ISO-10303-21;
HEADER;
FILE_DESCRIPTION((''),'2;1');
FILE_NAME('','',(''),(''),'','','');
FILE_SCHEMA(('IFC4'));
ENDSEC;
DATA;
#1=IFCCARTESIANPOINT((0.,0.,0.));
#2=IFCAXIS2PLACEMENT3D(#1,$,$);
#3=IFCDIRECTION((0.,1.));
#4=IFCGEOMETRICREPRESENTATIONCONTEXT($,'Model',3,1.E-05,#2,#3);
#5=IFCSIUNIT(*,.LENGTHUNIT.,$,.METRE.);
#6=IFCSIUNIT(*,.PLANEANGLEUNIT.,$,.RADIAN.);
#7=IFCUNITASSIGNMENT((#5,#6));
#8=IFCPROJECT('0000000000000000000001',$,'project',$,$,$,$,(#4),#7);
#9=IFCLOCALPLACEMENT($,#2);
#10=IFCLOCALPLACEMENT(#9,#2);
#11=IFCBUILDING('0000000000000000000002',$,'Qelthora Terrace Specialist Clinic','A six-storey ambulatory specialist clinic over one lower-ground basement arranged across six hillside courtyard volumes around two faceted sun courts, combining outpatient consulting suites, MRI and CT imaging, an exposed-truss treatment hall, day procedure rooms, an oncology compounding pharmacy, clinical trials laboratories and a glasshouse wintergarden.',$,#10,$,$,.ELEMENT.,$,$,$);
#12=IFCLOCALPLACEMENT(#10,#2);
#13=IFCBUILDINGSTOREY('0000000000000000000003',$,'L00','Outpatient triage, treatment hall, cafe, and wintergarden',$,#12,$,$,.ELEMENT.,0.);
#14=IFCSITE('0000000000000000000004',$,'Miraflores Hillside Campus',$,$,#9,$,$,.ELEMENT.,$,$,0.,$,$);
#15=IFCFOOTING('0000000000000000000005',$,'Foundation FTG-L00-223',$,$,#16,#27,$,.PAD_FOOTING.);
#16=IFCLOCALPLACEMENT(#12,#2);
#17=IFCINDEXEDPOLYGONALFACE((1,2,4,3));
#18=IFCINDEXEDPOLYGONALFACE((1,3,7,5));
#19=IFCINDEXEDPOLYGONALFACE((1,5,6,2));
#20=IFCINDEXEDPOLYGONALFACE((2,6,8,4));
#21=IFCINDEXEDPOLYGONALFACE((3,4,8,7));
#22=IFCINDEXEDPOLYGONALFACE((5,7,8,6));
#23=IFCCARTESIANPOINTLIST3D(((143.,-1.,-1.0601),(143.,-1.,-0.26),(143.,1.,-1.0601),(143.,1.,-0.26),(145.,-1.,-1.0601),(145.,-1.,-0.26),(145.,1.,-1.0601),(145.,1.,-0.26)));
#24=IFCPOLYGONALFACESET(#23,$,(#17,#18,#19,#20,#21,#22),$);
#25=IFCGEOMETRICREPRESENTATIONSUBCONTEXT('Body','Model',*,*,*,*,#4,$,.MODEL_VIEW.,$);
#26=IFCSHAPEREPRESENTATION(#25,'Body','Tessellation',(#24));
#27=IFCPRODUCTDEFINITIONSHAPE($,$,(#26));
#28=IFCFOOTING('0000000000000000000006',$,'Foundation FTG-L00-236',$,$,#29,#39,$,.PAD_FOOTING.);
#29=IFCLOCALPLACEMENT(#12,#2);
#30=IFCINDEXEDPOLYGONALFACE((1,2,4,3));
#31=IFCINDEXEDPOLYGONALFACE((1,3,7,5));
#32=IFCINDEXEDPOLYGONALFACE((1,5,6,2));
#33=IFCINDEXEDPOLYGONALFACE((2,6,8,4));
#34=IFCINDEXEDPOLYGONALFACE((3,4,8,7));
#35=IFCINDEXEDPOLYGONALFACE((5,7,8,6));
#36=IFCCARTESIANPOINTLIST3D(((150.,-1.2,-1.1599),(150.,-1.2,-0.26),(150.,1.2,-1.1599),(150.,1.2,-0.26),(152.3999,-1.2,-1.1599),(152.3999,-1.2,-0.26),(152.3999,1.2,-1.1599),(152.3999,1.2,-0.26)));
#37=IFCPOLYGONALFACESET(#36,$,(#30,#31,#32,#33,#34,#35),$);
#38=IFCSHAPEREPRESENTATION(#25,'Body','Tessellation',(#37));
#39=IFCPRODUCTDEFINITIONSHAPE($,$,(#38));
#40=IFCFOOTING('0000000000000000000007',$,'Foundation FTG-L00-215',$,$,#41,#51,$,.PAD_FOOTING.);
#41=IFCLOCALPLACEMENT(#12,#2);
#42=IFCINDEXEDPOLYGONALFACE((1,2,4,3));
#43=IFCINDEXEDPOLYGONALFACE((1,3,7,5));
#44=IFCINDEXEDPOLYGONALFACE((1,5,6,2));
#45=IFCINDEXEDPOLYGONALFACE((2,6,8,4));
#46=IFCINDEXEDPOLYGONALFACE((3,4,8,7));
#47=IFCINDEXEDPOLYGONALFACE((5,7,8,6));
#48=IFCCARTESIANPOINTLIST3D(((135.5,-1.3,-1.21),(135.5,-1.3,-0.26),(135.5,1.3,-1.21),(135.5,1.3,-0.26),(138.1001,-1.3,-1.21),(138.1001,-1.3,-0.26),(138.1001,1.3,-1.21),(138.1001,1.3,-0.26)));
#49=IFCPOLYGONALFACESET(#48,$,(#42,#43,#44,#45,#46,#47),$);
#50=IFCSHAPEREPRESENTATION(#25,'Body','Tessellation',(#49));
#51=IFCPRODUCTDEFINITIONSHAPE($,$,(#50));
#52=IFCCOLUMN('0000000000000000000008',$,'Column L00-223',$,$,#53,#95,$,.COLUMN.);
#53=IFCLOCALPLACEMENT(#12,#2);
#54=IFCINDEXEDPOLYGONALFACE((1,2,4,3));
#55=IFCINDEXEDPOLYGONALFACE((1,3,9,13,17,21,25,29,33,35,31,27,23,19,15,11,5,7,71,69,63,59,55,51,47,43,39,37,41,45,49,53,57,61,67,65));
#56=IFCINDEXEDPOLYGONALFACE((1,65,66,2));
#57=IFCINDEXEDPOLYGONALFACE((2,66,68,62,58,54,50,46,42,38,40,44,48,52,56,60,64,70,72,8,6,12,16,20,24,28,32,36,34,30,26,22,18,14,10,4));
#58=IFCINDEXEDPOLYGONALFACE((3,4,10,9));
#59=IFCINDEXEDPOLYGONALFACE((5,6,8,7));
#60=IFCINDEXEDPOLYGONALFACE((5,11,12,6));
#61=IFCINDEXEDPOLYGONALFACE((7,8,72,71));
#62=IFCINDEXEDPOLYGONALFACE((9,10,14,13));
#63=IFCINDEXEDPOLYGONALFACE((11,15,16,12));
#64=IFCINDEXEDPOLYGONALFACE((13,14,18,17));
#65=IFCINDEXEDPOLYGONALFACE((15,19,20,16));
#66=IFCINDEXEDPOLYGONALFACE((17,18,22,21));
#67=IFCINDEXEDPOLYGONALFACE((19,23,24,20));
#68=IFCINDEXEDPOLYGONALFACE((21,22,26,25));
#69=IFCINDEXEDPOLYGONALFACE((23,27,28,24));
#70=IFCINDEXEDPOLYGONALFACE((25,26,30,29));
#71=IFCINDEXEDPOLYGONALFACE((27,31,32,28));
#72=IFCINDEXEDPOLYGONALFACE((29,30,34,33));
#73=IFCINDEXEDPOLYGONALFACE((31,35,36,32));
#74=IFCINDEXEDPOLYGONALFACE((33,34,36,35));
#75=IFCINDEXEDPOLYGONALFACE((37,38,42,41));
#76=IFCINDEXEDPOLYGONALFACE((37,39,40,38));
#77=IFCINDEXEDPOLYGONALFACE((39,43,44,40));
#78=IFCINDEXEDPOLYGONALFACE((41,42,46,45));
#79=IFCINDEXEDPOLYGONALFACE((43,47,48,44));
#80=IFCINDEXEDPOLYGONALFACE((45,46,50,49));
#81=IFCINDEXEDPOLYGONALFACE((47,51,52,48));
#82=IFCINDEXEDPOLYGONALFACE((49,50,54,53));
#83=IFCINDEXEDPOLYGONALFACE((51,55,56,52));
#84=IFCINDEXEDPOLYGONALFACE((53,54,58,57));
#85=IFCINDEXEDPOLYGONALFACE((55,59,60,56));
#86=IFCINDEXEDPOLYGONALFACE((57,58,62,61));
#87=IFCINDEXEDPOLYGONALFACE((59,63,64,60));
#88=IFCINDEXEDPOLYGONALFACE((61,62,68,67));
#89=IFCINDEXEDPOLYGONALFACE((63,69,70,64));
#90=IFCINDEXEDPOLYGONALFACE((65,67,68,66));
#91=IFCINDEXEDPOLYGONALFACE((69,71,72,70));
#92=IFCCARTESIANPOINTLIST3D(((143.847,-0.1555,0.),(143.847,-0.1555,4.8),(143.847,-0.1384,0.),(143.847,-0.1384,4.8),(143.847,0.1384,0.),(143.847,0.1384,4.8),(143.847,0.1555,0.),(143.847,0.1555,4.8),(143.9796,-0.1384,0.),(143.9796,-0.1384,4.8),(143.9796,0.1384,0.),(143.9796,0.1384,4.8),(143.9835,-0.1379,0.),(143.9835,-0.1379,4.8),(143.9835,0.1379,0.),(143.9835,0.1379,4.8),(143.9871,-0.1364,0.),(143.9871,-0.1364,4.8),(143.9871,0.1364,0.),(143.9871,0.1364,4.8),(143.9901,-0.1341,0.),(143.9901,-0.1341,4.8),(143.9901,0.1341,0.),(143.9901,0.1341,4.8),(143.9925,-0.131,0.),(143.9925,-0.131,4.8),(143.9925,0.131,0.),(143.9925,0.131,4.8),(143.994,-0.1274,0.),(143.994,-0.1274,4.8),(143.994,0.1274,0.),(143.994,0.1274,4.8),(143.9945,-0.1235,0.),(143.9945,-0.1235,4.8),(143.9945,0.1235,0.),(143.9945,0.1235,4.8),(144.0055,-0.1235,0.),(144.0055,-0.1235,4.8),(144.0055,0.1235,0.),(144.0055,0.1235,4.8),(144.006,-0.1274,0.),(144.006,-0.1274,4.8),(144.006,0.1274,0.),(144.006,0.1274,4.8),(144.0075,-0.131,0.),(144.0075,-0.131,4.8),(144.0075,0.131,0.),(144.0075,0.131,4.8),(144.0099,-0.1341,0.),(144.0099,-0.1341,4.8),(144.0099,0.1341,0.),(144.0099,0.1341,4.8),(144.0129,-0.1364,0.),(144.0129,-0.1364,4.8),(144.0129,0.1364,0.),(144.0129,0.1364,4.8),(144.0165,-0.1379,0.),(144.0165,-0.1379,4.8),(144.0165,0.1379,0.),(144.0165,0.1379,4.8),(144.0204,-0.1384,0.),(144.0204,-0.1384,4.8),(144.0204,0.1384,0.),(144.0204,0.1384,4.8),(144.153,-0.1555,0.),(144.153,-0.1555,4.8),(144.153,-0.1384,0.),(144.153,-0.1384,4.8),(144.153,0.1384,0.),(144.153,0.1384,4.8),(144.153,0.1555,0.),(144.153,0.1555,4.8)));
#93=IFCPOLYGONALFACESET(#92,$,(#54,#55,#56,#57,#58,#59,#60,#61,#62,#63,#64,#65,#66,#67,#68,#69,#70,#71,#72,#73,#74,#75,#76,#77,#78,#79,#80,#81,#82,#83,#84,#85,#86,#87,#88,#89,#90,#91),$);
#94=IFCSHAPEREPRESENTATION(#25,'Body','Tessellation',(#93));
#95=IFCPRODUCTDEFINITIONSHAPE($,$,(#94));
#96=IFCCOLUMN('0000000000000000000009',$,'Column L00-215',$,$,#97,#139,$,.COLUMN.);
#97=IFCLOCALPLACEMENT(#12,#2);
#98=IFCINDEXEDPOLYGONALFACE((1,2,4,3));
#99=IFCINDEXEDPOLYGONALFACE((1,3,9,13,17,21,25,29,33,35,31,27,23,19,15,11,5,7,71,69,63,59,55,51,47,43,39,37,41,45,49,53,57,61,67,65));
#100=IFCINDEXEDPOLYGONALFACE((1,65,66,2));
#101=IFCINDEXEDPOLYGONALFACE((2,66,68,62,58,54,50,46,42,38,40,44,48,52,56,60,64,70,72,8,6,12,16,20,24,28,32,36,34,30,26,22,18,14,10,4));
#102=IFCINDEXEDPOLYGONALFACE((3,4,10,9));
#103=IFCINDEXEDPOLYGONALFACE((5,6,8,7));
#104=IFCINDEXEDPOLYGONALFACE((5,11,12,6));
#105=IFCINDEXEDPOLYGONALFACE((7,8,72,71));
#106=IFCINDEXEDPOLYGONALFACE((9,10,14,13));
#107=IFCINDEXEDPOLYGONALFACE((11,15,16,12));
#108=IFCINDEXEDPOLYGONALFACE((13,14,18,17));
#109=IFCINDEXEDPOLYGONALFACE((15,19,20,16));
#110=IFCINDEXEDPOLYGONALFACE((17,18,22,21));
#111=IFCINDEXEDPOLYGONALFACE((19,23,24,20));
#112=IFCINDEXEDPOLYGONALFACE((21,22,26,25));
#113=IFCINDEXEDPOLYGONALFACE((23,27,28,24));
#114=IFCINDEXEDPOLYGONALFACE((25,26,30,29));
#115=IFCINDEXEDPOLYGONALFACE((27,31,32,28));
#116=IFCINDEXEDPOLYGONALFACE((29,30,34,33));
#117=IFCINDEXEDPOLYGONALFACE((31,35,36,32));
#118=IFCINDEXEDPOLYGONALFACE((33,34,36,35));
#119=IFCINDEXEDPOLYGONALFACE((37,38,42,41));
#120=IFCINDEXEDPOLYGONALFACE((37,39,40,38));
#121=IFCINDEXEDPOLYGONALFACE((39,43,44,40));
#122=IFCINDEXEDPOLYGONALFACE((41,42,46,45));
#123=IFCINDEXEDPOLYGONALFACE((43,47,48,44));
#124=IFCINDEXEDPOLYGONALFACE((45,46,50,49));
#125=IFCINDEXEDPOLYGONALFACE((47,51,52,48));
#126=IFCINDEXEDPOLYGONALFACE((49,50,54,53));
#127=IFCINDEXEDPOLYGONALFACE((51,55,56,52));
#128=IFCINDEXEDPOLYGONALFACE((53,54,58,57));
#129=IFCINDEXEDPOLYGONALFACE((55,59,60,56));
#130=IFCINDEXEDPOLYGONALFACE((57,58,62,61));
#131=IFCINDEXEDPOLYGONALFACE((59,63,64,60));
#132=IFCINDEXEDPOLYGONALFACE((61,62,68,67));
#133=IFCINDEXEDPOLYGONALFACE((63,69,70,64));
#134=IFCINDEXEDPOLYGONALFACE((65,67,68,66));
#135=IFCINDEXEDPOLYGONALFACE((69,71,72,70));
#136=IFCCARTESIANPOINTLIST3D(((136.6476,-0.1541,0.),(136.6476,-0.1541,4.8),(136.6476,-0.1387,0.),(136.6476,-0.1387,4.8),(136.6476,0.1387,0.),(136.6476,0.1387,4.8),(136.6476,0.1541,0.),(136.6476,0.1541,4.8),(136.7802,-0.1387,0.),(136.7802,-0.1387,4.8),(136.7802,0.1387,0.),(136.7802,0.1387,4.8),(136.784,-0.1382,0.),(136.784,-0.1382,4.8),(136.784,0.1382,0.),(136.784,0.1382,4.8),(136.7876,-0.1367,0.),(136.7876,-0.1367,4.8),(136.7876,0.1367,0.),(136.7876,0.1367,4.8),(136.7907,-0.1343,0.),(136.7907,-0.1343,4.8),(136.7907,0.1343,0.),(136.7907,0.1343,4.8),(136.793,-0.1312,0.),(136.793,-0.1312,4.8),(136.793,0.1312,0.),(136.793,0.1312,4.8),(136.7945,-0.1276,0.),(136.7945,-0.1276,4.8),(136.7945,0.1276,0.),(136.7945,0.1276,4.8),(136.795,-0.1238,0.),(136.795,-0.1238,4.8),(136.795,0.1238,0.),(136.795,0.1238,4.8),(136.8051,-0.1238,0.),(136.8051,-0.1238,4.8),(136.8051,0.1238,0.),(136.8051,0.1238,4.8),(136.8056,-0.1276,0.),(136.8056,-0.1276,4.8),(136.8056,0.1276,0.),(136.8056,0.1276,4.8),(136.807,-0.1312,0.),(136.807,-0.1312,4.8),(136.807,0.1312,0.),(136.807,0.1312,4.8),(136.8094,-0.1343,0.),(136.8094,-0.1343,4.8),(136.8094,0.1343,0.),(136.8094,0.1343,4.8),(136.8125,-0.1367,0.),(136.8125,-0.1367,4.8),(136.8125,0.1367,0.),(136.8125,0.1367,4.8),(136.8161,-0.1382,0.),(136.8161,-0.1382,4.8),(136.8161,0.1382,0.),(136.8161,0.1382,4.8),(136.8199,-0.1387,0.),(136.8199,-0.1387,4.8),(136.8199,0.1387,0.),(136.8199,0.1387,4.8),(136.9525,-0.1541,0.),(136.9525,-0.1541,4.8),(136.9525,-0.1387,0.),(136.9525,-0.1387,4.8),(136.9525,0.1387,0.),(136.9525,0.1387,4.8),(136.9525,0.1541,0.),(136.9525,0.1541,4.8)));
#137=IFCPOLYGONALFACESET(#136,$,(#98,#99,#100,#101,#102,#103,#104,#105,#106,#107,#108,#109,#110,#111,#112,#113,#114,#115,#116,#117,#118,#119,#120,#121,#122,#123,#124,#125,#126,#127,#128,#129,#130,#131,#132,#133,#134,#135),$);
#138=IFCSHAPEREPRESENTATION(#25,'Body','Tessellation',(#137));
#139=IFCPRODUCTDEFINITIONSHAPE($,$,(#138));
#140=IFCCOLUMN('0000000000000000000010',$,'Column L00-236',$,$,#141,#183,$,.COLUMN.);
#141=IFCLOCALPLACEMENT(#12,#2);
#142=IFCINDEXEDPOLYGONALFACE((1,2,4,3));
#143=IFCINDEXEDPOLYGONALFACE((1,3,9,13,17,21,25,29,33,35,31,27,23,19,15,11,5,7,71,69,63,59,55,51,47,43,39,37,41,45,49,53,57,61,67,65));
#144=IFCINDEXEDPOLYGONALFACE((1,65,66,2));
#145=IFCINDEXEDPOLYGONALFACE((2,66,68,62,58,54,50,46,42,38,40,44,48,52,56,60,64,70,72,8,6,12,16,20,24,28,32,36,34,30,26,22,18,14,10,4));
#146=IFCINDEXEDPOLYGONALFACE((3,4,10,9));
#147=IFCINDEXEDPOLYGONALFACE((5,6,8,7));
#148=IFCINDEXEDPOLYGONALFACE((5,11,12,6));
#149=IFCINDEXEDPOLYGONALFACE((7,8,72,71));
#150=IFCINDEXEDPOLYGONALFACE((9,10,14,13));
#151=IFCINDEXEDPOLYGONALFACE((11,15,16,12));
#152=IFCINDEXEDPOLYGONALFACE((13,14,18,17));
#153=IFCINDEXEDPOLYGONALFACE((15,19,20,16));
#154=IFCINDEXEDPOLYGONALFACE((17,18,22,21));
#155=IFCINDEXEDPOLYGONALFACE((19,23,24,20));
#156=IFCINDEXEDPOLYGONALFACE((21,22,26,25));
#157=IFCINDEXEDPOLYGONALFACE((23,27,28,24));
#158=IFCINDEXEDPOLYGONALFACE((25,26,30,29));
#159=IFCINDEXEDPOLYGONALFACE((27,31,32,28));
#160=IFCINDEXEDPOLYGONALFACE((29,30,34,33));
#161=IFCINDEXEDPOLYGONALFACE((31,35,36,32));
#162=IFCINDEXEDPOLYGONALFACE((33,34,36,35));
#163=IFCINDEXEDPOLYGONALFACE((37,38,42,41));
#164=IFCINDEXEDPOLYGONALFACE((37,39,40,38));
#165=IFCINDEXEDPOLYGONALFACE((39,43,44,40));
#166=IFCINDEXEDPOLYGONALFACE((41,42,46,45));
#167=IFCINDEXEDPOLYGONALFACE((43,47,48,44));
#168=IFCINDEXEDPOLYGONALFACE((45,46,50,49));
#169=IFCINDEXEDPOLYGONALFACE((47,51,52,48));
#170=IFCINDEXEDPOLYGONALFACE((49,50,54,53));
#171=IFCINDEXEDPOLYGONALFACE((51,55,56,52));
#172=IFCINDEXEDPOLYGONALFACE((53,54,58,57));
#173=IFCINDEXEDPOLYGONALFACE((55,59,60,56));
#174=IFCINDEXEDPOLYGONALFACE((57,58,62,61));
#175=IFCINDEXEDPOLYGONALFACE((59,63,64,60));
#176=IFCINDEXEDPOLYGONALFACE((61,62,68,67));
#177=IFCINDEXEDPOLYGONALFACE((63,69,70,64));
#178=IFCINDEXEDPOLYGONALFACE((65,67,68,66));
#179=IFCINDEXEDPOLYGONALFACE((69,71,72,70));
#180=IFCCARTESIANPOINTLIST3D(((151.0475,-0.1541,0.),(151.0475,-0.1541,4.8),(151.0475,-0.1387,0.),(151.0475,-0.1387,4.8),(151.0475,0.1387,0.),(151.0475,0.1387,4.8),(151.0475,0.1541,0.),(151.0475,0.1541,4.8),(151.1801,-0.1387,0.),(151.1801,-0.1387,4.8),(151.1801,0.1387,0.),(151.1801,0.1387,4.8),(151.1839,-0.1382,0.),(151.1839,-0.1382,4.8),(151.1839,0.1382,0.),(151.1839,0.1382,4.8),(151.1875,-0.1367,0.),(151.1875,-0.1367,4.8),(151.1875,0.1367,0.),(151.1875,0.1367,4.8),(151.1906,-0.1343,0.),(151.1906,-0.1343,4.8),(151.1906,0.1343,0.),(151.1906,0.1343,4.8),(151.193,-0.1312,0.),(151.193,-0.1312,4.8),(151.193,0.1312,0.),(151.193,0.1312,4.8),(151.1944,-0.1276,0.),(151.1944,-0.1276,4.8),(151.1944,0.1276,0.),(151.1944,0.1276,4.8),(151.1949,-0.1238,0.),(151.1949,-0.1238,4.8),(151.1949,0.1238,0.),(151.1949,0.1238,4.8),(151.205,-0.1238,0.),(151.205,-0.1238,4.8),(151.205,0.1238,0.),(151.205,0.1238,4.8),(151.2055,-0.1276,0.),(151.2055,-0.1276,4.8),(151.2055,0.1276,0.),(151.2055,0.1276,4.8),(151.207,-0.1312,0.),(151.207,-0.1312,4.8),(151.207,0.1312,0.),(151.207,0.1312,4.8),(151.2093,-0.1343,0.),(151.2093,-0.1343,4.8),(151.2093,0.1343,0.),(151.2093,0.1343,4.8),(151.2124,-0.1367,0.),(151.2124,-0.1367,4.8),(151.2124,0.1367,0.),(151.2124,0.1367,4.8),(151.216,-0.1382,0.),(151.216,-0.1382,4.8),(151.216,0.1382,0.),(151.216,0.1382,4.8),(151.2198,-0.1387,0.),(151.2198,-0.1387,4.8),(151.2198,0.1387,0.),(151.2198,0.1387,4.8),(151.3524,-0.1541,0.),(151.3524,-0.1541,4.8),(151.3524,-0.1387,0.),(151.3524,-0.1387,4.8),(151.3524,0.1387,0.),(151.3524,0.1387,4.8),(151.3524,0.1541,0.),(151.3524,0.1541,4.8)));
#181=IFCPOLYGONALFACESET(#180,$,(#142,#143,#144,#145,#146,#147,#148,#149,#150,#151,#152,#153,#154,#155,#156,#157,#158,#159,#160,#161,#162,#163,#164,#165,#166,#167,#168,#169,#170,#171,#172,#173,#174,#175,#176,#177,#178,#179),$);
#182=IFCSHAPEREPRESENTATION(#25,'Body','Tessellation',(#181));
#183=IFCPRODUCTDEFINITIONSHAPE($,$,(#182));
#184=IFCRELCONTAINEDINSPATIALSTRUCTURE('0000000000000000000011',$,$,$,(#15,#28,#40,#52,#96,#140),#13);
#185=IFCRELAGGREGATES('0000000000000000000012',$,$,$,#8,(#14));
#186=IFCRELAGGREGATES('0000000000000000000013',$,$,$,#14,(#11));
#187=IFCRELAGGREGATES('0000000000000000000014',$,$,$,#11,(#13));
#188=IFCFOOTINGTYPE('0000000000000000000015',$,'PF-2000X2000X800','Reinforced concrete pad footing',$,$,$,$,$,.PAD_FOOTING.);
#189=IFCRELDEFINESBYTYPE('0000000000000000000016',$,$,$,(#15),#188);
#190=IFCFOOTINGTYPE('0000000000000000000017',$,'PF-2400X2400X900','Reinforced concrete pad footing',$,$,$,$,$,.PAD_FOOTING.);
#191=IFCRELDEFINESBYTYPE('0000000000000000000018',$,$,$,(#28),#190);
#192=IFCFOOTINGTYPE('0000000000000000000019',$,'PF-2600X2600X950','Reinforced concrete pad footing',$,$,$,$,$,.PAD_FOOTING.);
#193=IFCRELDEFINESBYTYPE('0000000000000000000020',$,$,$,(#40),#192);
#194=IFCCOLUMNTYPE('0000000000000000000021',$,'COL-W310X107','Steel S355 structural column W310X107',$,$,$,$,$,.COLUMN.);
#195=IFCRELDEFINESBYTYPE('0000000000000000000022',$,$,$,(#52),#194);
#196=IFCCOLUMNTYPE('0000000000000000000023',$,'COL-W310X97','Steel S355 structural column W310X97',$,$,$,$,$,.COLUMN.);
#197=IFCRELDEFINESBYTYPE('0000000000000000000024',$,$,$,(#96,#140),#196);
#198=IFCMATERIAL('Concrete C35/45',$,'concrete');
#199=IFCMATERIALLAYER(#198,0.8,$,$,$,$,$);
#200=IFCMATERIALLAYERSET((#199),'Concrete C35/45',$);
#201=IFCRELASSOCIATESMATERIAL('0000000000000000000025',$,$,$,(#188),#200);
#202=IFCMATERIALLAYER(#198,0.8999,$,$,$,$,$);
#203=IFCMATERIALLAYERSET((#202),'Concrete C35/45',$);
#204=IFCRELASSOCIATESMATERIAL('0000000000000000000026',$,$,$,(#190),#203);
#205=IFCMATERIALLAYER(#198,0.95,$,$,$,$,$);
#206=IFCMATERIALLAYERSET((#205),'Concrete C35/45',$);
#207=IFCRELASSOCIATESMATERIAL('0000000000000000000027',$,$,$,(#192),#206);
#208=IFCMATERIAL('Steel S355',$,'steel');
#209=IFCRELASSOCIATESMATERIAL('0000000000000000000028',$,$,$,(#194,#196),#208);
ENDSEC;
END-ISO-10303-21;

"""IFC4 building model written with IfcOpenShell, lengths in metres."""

from ifc_helpers import new_model, si_unit, direction, frame, origin, origin_2d, place, context, subcontext, project, spatial, rectangle, i_section, extrude, material, layer, layer_set, material_profile, profile_set, type_object, element, save


model = new_model("IFC4")

# Units and contexts
model_context = context("Model", 3, precision=1e-05, world=origin(), true_north=direction((0.0, 1.0)))
body_context = subcontext(model_context, "Body", "Model", "MODEL_VIEW")
ifc_project = project(units=[si_unit("LENGTHUNIT", "METRE"), si_unit("PLANEANGLEUNIT", "RADIAN")], contexts=[model_context])

# Site, building, storey
site_placement = place(None, origin())
site = spatial("IfcSite", under=ifc_project, at=site_placement, Name="Miraflores Hillside Campus", CompositionType="ELEMENT", RefElevation=0.0)
building_placement = place(site_placement, origin())
building = spatial("IfcBuilding", under=site, at=building_placement, Name="Qelthora Terrace Specialist Clinic", Description="A six-storey ambulatory specialist clinic over one lower-ground basement arranged across six hillside courtyard volumes around two faceted sun courts, combining outpatient consulting suites, MRI and CT imaging, an exposed-truss treatment hall, day procedure rooms, an oncology compounding pharmacy, clinical trials laboratories and a glasshouse wintergarden.", CompositionType="ELEMENT")
storey_placement = place(building_placement, origin())
storey = spatial("IfcBuildingStorey", under=building, at=storey_placement, Name="L00", Description="Outpatient triage, treatment hall, cafe, and wintergarden", CompositionType="ELEMENT", Elevation=0.0)

# Footings
ifc_material_1 = material(Name="Concrete C35/45", Category="concrete")
ifc_layer_1 = layer(ifc_material_1, 0.8)
ifc_layer_set_1 = layer_set([ifc_layer_1], Name="Concrete C35/45")
footing_type_1 = type_object("IfcFootingType", Name="PF-2000X2000X800", Description="Reinforced concrete pad footing", PredefinedType="PAD_FOOTING", material=ifc_layer_set_1)
footing_1_placement = place(storey_placement, frame((144.0, 0.0, -1.0601), z_axis=(0.0, 0.0, 1.0), x_axis=(1.0, 0.0, 0.0)))
element("IfcFooting", 1, at=footing_1_placement, inside=storey, type_object=footing_type_1, Name="Foundation FTG-L00-223", PredefinedType="PAD_FOOTING", context=body_context, shape_type="SweptSolid", body=[
    extrude(rectangle(XDim=2.0, YDim=2.0, at=origin_2d()), origin(), (0.0, 0.0, 1.0), 0.8),
])
ifc_layer_2 = layer(ifc_material_1, 0.8999)
ifc_layer_set_2 = layer_set([ifc_layer_2], Name="Concrete C35/45")
footing_type_2 = type_object("IfcFootingType", Name="PF-2400X2400X900", Description="Reinforced concrete pad footing", PredefinedType="PAD_FOOTING", material=ifc_layer_set_2)
footing_2_placement = place(storey_placement, frame((151.2, 0.0, -1.1599), z_axis=(0.0, 0.0, 1.0), x_axis=(1.0, 0.0, 0.0)))
element("IfcFooting", 2, at=footing_2_placement, inside=storey, type_object=footing_type_2, Name="Foundation FTG-L00-236", PredefinedType="PAD_FOOTING", context=body_context, shape_type="SweptSolid", body=[
    extrude(rectangle(XDim=2.3999, YDim=2.3999, at=origin_2d()), origin(), (0.0, 0.0, 1.0), 0.8999),
])
ifc_layer_3 = layer(ifc_material_1, 0.95)
ifc_layer_set_3 = layer_set([ifc_layer_3], Name="Concrete C35/45")
footing_type_3 = type_object("IfcFootingType", Name="PF-2600X2600X950", Description="Reinforced concrete pad footing", PredefinedType="PAD_FOOTING", material=ifc_layer_set_3)
footing_3_placement = place(storey_placement, frame((136.8, 0.0, -1.21), z_axis=(0.0, 0.0, 1.0), x_axis=(1.0, 0.0, 0.0)))
element("IfcFooting", 3, at=footing_3_placement, inside=storey, type_object=footing_type_3, Name="Foundation FTG-L00-215", PredefinedType="PAD_FOOTING", context=body_context, shape_type="SweptSolid", body=[
    extrude(rectangle(XDim=2.6001, YDim=2.6001, at=origin_2d()), origin(), (0.0, 0.0, 1.0), 0.95),
])

# Columns
ifc_material_2 = material(Name="Steel S355", Category="steel")
ifc_material_profile_1 = material_profile(ifc_material_2, i_section(OverallWidth=0.3059, OverallDepth=0.311, WebThickness=0.011, FlangeThickness=0.0171, FilletRadius=0.0149, at=origin_2d()), Name="W310X107")
ifc_profile_set_1 = profile_set([ifc_material_profile_1], Name="Steel S355")
column_type_1 = type_object("IfcColumnType", Name="COL-W310X107", Description="Steel S355 structural column W310X107", PredefinedType="COLUMN", material=ifc_profile_set_1)
column_placement = place(storey_placement, frame((144.0, 0.0, 0.0), z_axis=(0.0, 0.0, 1.0), x_axis=(1.0, 0.0, 0.0)))
element("IfcColumn", 4, at=column_placement, inside=storey, type_object=column_type_1, Name="Column L00-223", PredefinedType="COLUMN", context=body_context, shape_type="SweptSolid", body=[
    extrude(i_section(OverallWidth=0.3059, OverallDepth=0.311, WebThickness=0.011, FlangeThickness=0.0171, FilletRadius=0.0149, at=origin_2d()), origin(), (0.0, 0.0, 1.0), 4.8),
])
ifc_material_profile_2 = material_profile(ifc_material_2, i_section(OverallWidth=0.3049, OverallDepth=0.3081, WebThickness=0.01, FlangeThickness=0.0154, FilletRadius=0.0149, at=origin_2d()), Name="W310X97")
ifc_profile_set_2 = profile_set([ifc_material_profile_2], Name="Steel S355")
column_type_2 = type_object("IfcColumnType", Name="COL-W310X97", Description="Steel S355 structural column W310X97", PredefinedType="COLUMN", material=ifc_profile_set_2)
for number, where, z_axis, x_axis, name in (
    (5, (136.8, 0.0, 0.0), (0.0, 0.0, 1.0), (1.0, 0.0, 0.0), "Column L00-215"),
    (6, (151.2, 0.0, 0.0), (0.0, 0.0, 1.0), (1.0, 0.0, 0.0), "Column L00-236"),
):
    element("IfcColumn", number, at=place(storey_placement, frame(where, z_axis=z_axis, x_axis=x_axis)), inside=storey, type_object=column_type_2, Name=name, PredefinedType="COLUMN", context=body_context, shape_type="SweptSolid", body=[
        extrude(i_section(OverallWidth=0.3049, OverallDepth=0.3081, WebThickness=0.01, FlangeThickness=0.0154, FilletRadius=0.0149, at=origin_2d()), origin(), (0.0, 0.0, 1.0), 4.8),
    ])

save(model, "model.ifc")
